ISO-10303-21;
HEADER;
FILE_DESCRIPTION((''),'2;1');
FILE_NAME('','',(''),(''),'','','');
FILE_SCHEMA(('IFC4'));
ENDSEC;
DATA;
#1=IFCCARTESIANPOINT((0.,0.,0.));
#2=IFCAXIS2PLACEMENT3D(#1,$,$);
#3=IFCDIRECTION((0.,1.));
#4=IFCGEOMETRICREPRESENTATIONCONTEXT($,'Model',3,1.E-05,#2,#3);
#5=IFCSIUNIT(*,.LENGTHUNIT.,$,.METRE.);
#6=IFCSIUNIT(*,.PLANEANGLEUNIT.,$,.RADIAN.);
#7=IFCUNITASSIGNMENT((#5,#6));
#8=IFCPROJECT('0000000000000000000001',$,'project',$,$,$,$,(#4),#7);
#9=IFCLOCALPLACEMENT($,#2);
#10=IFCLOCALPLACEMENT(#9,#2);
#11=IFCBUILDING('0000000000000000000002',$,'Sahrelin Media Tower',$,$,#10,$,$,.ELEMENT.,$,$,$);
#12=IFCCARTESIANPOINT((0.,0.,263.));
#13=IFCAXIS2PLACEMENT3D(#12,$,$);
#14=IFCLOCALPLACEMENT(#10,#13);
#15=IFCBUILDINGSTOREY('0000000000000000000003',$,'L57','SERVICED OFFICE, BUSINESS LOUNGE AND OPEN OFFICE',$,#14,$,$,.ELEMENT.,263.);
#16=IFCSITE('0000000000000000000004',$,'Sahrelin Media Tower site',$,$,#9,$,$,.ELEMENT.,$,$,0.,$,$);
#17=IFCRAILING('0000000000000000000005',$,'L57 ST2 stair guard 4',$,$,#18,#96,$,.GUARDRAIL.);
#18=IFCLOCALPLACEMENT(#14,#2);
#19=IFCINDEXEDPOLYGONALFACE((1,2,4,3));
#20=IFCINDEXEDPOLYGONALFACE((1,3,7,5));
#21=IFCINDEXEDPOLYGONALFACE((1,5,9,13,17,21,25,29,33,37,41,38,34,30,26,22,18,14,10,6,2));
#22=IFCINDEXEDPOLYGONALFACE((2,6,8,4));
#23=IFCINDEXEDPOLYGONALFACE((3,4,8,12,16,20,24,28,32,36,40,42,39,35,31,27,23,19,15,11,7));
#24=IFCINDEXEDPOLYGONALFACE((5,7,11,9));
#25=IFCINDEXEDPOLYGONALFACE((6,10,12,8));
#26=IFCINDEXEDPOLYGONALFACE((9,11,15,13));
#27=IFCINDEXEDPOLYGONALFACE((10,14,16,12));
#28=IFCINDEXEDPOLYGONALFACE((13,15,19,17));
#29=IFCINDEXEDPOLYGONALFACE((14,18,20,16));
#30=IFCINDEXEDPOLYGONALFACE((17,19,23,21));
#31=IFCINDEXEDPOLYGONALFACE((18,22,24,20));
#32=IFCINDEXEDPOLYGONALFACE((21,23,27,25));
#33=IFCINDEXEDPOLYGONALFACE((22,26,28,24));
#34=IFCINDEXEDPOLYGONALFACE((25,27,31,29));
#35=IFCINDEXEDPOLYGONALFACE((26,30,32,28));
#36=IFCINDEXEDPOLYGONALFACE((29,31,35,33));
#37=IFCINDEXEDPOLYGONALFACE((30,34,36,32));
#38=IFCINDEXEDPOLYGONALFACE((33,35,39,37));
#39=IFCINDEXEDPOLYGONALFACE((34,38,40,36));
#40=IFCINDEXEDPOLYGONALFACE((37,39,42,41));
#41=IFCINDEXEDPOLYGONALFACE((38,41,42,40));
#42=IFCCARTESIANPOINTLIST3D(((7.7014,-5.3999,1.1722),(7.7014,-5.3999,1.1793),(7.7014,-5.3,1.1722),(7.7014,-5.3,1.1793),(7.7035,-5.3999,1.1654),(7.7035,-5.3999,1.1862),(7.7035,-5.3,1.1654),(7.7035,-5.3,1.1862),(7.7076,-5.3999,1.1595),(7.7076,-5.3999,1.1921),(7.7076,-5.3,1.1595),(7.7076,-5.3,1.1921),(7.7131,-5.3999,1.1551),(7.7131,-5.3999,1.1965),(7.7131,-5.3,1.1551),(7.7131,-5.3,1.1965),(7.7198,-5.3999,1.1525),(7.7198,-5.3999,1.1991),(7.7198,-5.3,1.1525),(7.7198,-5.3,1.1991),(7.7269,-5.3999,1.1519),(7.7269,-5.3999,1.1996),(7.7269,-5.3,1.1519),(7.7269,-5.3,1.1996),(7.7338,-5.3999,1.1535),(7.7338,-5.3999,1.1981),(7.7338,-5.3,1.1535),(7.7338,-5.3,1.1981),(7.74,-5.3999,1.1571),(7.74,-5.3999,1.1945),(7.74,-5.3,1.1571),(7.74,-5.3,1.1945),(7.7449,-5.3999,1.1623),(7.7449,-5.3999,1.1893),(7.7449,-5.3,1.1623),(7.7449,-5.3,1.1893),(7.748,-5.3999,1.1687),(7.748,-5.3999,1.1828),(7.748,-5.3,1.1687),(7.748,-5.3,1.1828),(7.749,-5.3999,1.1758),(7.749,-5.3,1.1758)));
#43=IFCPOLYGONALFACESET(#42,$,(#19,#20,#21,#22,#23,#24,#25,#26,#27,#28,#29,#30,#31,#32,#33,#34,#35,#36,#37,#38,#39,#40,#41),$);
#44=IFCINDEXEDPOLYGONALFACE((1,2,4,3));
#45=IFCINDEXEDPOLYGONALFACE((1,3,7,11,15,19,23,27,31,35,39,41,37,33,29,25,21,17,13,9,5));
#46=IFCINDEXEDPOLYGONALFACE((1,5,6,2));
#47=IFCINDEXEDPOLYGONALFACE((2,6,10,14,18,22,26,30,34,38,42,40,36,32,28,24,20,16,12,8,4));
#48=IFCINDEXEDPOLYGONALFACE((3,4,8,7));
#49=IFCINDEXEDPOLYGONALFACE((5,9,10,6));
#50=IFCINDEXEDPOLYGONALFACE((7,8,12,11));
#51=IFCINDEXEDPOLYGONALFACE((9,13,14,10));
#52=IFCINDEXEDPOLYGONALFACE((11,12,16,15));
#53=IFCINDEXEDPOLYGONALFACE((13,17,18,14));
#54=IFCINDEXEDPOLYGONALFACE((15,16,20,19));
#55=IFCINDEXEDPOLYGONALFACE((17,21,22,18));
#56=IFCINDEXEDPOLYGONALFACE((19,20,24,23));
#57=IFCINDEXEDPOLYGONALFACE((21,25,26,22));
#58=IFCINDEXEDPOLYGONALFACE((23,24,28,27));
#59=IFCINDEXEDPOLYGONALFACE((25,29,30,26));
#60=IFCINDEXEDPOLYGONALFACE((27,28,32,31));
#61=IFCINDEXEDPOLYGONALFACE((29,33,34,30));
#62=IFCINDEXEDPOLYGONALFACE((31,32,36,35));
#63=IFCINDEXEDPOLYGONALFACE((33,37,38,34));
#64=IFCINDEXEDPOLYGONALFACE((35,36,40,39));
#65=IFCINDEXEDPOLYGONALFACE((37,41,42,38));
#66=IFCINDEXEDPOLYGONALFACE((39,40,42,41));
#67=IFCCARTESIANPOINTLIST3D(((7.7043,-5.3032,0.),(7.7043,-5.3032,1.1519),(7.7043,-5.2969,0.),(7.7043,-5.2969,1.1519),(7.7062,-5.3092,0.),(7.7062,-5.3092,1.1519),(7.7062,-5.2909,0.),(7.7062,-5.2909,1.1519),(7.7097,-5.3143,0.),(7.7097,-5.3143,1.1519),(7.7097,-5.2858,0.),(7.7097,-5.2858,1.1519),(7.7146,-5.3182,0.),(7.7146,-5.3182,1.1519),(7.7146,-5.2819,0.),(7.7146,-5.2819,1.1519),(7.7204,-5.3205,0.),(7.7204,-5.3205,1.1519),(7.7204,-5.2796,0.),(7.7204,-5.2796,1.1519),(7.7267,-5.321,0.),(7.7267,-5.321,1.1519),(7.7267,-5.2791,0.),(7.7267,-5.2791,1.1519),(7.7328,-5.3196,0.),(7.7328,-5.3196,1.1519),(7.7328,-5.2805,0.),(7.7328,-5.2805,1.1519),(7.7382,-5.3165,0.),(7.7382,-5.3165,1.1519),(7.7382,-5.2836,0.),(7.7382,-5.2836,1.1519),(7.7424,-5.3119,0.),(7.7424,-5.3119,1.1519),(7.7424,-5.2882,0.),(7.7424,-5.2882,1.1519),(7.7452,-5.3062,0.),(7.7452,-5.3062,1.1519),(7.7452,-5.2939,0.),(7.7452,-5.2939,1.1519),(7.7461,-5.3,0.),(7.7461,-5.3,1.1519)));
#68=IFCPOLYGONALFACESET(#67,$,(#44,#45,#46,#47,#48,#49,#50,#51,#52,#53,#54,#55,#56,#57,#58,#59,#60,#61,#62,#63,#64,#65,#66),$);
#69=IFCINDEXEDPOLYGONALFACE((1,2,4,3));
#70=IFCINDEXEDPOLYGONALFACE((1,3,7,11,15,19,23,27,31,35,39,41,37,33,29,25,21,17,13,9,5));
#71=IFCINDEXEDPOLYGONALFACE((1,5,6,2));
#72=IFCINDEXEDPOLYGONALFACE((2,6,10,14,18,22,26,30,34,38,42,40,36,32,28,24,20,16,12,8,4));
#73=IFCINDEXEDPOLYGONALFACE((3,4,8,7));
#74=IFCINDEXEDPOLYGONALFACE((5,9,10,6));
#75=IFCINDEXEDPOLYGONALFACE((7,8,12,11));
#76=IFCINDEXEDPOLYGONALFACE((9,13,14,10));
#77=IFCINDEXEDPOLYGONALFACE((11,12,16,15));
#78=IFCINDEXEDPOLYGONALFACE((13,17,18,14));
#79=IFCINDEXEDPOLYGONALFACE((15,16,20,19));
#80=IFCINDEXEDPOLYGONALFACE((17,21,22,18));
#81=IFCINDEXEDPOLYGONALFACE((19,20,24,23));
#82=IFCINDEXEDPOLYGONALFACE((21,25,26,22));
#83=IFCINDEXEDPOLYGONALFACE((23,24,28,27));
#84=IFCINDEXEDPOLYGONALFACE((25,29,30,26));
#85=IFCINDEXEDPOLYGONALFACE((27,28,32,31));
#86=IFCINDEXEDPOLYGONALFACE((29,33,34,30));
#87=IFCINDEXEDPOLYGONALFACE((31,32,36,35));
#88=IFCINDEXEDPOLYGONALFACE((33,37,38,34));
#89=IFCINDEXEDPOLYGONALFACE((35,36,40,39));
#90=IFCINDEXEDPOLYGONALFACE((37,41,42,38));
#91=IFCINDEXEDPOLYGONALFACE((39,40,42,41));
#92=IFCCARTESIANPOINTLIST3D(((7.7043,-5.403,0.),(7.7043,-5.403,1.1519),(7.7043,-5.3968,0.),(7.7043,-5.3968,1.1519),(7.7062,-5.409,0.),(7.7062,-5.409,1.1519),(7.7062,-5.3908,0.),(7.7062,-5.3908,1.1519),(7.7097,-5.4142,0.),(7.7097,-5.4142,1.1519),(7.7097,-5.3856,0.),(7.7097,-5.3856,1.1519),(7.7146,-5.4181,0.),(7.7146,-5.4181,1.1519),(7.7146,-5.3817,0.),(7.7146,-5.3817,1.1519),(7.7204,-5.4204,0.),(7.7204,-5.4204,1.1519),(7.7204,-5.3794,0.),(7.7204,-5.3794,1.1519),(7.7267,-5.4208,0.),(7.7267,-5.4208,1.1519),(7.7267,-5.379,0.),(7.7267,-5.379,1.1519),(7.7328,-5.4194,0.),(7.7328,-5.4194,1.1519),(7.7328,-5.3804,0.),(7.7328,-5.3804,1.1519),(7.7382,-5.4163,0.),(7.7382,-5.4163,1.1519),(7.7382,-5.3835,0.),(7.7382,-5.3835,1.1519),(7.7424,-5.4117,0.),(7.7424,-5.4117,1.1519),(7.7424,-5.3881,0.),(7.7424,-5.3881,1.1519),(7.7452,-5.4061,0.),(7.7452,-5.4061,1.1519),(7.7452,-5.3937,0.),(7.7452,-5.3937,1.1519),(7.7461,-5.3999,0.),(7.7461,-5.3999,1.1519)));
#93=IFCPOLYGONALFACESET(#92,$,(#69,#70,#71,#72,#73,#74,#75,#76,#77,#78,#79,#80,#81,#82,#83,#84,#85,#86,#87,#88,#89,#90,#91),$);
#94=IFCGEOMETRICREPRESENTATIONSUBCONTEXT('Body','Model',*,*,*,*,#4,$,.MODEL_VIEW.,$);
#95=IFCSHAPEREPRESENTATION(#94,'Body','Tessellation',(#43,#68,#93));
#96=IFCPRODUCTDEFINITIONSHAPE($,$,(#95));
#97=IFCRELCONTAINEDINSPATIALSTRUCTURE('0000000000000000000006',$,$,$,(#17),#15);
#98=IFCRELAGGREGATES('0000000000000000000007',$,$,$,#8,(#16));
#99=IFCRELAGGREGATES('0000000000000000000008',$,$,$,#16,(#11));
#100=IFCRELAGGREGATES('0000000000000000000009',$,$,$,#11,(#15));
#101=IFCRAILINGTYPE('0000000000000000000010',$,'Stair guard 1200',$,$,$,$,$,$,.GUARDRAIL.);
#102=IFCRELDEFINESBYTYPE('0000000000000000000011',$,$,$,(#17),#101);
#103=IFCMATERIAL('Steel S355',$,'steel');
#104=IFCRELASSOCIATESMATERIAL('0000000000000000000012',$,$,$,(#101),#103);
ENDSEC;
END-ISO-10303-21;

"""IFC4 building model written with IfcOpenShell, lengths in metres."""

from ifc_helpers import new_model, si_unit, direction, frame, origin, origin_2d, place, context, subcontext, project, spatial, circle, extrude, material, type_object, element, save


model = new_model("IFC4")

# Units and contexts
model_context = context("Model", 3, precision=1e-05, world=origin(), true_north=direction((0.0, 1.0)))
body_context = subcontext(model_context, "Body", "Model", "MODEL_VIEW")
ifc_project = project(units=[si_unit("LENGTHUNIT", "METRE"), si_unit("PLANEANGLEUNIT", "RADIAN")], contexts=[model_context])

# Site, building, storey
site_placement = place(None, origin())
site = spatial("IfcSite", under=ifc_project, at=site_placement, Name="Sahrelin Media Tower site", CompositionType="ELEMENT", RefElevation=0.0)
building_placement = place(site_placement, origin())
building = spatial("IfcBuilding", under=site, at=building_placement, Name="Sahrelin Media Tower", CompositionType="ELEMENT")
storey_placement = place(building_placement, frame((0.0, 0.0, 263.0)))
storey = spatial("IfcBuildingStorey", under=building, at=storey_placement, Name="L57", Description="SERVICED OFFICE, BUSINESS LOUNGE AND OPEN OFFICE", CompositionType="ELEMENT", Elevation=263.0)

# Railing
ifc_material_1 = material(Name="Steel S355", Category="steel")
railing_type_1 = type_object("IfcRailingType", Name="Stair guard 1200", PredefinedType="GUARDRAIL", material=ifc_material_1)
railing_1_placement = place(storey_placement, frame((7.7251, -5.3, 0.0)))
element("IfcRailing", 1, at=railing_1_placement, inside=storey, type_object=railing_type_1, Name="L57 ST2 stair guard 4", PredefinedType="GUARDRAIL", context=body_context, shape_type="SweptSolid", body=[
    extrude(circle(Radius=0.0239, at=origin_2d()), frame((0.0, 0.0, 1.1758), z_axis=(0.0, -1.0, 0.0), x_axis=(1.0, 0.0, 0.0)), (0.0, 0.0, 1.0), 0.0999),
    extrude(circle(Radius=0.021, at=origin_2d()), origin(), (0.0, 0.0, 1.0), 1.1519),
    extrude(circle(Radius=0.021, at=origin_2d()), frame((0.0, -0.0999, 0.0)), (0.0, 0.0, 1.0), 1.1519),
])

save(model, "model.ifc")
